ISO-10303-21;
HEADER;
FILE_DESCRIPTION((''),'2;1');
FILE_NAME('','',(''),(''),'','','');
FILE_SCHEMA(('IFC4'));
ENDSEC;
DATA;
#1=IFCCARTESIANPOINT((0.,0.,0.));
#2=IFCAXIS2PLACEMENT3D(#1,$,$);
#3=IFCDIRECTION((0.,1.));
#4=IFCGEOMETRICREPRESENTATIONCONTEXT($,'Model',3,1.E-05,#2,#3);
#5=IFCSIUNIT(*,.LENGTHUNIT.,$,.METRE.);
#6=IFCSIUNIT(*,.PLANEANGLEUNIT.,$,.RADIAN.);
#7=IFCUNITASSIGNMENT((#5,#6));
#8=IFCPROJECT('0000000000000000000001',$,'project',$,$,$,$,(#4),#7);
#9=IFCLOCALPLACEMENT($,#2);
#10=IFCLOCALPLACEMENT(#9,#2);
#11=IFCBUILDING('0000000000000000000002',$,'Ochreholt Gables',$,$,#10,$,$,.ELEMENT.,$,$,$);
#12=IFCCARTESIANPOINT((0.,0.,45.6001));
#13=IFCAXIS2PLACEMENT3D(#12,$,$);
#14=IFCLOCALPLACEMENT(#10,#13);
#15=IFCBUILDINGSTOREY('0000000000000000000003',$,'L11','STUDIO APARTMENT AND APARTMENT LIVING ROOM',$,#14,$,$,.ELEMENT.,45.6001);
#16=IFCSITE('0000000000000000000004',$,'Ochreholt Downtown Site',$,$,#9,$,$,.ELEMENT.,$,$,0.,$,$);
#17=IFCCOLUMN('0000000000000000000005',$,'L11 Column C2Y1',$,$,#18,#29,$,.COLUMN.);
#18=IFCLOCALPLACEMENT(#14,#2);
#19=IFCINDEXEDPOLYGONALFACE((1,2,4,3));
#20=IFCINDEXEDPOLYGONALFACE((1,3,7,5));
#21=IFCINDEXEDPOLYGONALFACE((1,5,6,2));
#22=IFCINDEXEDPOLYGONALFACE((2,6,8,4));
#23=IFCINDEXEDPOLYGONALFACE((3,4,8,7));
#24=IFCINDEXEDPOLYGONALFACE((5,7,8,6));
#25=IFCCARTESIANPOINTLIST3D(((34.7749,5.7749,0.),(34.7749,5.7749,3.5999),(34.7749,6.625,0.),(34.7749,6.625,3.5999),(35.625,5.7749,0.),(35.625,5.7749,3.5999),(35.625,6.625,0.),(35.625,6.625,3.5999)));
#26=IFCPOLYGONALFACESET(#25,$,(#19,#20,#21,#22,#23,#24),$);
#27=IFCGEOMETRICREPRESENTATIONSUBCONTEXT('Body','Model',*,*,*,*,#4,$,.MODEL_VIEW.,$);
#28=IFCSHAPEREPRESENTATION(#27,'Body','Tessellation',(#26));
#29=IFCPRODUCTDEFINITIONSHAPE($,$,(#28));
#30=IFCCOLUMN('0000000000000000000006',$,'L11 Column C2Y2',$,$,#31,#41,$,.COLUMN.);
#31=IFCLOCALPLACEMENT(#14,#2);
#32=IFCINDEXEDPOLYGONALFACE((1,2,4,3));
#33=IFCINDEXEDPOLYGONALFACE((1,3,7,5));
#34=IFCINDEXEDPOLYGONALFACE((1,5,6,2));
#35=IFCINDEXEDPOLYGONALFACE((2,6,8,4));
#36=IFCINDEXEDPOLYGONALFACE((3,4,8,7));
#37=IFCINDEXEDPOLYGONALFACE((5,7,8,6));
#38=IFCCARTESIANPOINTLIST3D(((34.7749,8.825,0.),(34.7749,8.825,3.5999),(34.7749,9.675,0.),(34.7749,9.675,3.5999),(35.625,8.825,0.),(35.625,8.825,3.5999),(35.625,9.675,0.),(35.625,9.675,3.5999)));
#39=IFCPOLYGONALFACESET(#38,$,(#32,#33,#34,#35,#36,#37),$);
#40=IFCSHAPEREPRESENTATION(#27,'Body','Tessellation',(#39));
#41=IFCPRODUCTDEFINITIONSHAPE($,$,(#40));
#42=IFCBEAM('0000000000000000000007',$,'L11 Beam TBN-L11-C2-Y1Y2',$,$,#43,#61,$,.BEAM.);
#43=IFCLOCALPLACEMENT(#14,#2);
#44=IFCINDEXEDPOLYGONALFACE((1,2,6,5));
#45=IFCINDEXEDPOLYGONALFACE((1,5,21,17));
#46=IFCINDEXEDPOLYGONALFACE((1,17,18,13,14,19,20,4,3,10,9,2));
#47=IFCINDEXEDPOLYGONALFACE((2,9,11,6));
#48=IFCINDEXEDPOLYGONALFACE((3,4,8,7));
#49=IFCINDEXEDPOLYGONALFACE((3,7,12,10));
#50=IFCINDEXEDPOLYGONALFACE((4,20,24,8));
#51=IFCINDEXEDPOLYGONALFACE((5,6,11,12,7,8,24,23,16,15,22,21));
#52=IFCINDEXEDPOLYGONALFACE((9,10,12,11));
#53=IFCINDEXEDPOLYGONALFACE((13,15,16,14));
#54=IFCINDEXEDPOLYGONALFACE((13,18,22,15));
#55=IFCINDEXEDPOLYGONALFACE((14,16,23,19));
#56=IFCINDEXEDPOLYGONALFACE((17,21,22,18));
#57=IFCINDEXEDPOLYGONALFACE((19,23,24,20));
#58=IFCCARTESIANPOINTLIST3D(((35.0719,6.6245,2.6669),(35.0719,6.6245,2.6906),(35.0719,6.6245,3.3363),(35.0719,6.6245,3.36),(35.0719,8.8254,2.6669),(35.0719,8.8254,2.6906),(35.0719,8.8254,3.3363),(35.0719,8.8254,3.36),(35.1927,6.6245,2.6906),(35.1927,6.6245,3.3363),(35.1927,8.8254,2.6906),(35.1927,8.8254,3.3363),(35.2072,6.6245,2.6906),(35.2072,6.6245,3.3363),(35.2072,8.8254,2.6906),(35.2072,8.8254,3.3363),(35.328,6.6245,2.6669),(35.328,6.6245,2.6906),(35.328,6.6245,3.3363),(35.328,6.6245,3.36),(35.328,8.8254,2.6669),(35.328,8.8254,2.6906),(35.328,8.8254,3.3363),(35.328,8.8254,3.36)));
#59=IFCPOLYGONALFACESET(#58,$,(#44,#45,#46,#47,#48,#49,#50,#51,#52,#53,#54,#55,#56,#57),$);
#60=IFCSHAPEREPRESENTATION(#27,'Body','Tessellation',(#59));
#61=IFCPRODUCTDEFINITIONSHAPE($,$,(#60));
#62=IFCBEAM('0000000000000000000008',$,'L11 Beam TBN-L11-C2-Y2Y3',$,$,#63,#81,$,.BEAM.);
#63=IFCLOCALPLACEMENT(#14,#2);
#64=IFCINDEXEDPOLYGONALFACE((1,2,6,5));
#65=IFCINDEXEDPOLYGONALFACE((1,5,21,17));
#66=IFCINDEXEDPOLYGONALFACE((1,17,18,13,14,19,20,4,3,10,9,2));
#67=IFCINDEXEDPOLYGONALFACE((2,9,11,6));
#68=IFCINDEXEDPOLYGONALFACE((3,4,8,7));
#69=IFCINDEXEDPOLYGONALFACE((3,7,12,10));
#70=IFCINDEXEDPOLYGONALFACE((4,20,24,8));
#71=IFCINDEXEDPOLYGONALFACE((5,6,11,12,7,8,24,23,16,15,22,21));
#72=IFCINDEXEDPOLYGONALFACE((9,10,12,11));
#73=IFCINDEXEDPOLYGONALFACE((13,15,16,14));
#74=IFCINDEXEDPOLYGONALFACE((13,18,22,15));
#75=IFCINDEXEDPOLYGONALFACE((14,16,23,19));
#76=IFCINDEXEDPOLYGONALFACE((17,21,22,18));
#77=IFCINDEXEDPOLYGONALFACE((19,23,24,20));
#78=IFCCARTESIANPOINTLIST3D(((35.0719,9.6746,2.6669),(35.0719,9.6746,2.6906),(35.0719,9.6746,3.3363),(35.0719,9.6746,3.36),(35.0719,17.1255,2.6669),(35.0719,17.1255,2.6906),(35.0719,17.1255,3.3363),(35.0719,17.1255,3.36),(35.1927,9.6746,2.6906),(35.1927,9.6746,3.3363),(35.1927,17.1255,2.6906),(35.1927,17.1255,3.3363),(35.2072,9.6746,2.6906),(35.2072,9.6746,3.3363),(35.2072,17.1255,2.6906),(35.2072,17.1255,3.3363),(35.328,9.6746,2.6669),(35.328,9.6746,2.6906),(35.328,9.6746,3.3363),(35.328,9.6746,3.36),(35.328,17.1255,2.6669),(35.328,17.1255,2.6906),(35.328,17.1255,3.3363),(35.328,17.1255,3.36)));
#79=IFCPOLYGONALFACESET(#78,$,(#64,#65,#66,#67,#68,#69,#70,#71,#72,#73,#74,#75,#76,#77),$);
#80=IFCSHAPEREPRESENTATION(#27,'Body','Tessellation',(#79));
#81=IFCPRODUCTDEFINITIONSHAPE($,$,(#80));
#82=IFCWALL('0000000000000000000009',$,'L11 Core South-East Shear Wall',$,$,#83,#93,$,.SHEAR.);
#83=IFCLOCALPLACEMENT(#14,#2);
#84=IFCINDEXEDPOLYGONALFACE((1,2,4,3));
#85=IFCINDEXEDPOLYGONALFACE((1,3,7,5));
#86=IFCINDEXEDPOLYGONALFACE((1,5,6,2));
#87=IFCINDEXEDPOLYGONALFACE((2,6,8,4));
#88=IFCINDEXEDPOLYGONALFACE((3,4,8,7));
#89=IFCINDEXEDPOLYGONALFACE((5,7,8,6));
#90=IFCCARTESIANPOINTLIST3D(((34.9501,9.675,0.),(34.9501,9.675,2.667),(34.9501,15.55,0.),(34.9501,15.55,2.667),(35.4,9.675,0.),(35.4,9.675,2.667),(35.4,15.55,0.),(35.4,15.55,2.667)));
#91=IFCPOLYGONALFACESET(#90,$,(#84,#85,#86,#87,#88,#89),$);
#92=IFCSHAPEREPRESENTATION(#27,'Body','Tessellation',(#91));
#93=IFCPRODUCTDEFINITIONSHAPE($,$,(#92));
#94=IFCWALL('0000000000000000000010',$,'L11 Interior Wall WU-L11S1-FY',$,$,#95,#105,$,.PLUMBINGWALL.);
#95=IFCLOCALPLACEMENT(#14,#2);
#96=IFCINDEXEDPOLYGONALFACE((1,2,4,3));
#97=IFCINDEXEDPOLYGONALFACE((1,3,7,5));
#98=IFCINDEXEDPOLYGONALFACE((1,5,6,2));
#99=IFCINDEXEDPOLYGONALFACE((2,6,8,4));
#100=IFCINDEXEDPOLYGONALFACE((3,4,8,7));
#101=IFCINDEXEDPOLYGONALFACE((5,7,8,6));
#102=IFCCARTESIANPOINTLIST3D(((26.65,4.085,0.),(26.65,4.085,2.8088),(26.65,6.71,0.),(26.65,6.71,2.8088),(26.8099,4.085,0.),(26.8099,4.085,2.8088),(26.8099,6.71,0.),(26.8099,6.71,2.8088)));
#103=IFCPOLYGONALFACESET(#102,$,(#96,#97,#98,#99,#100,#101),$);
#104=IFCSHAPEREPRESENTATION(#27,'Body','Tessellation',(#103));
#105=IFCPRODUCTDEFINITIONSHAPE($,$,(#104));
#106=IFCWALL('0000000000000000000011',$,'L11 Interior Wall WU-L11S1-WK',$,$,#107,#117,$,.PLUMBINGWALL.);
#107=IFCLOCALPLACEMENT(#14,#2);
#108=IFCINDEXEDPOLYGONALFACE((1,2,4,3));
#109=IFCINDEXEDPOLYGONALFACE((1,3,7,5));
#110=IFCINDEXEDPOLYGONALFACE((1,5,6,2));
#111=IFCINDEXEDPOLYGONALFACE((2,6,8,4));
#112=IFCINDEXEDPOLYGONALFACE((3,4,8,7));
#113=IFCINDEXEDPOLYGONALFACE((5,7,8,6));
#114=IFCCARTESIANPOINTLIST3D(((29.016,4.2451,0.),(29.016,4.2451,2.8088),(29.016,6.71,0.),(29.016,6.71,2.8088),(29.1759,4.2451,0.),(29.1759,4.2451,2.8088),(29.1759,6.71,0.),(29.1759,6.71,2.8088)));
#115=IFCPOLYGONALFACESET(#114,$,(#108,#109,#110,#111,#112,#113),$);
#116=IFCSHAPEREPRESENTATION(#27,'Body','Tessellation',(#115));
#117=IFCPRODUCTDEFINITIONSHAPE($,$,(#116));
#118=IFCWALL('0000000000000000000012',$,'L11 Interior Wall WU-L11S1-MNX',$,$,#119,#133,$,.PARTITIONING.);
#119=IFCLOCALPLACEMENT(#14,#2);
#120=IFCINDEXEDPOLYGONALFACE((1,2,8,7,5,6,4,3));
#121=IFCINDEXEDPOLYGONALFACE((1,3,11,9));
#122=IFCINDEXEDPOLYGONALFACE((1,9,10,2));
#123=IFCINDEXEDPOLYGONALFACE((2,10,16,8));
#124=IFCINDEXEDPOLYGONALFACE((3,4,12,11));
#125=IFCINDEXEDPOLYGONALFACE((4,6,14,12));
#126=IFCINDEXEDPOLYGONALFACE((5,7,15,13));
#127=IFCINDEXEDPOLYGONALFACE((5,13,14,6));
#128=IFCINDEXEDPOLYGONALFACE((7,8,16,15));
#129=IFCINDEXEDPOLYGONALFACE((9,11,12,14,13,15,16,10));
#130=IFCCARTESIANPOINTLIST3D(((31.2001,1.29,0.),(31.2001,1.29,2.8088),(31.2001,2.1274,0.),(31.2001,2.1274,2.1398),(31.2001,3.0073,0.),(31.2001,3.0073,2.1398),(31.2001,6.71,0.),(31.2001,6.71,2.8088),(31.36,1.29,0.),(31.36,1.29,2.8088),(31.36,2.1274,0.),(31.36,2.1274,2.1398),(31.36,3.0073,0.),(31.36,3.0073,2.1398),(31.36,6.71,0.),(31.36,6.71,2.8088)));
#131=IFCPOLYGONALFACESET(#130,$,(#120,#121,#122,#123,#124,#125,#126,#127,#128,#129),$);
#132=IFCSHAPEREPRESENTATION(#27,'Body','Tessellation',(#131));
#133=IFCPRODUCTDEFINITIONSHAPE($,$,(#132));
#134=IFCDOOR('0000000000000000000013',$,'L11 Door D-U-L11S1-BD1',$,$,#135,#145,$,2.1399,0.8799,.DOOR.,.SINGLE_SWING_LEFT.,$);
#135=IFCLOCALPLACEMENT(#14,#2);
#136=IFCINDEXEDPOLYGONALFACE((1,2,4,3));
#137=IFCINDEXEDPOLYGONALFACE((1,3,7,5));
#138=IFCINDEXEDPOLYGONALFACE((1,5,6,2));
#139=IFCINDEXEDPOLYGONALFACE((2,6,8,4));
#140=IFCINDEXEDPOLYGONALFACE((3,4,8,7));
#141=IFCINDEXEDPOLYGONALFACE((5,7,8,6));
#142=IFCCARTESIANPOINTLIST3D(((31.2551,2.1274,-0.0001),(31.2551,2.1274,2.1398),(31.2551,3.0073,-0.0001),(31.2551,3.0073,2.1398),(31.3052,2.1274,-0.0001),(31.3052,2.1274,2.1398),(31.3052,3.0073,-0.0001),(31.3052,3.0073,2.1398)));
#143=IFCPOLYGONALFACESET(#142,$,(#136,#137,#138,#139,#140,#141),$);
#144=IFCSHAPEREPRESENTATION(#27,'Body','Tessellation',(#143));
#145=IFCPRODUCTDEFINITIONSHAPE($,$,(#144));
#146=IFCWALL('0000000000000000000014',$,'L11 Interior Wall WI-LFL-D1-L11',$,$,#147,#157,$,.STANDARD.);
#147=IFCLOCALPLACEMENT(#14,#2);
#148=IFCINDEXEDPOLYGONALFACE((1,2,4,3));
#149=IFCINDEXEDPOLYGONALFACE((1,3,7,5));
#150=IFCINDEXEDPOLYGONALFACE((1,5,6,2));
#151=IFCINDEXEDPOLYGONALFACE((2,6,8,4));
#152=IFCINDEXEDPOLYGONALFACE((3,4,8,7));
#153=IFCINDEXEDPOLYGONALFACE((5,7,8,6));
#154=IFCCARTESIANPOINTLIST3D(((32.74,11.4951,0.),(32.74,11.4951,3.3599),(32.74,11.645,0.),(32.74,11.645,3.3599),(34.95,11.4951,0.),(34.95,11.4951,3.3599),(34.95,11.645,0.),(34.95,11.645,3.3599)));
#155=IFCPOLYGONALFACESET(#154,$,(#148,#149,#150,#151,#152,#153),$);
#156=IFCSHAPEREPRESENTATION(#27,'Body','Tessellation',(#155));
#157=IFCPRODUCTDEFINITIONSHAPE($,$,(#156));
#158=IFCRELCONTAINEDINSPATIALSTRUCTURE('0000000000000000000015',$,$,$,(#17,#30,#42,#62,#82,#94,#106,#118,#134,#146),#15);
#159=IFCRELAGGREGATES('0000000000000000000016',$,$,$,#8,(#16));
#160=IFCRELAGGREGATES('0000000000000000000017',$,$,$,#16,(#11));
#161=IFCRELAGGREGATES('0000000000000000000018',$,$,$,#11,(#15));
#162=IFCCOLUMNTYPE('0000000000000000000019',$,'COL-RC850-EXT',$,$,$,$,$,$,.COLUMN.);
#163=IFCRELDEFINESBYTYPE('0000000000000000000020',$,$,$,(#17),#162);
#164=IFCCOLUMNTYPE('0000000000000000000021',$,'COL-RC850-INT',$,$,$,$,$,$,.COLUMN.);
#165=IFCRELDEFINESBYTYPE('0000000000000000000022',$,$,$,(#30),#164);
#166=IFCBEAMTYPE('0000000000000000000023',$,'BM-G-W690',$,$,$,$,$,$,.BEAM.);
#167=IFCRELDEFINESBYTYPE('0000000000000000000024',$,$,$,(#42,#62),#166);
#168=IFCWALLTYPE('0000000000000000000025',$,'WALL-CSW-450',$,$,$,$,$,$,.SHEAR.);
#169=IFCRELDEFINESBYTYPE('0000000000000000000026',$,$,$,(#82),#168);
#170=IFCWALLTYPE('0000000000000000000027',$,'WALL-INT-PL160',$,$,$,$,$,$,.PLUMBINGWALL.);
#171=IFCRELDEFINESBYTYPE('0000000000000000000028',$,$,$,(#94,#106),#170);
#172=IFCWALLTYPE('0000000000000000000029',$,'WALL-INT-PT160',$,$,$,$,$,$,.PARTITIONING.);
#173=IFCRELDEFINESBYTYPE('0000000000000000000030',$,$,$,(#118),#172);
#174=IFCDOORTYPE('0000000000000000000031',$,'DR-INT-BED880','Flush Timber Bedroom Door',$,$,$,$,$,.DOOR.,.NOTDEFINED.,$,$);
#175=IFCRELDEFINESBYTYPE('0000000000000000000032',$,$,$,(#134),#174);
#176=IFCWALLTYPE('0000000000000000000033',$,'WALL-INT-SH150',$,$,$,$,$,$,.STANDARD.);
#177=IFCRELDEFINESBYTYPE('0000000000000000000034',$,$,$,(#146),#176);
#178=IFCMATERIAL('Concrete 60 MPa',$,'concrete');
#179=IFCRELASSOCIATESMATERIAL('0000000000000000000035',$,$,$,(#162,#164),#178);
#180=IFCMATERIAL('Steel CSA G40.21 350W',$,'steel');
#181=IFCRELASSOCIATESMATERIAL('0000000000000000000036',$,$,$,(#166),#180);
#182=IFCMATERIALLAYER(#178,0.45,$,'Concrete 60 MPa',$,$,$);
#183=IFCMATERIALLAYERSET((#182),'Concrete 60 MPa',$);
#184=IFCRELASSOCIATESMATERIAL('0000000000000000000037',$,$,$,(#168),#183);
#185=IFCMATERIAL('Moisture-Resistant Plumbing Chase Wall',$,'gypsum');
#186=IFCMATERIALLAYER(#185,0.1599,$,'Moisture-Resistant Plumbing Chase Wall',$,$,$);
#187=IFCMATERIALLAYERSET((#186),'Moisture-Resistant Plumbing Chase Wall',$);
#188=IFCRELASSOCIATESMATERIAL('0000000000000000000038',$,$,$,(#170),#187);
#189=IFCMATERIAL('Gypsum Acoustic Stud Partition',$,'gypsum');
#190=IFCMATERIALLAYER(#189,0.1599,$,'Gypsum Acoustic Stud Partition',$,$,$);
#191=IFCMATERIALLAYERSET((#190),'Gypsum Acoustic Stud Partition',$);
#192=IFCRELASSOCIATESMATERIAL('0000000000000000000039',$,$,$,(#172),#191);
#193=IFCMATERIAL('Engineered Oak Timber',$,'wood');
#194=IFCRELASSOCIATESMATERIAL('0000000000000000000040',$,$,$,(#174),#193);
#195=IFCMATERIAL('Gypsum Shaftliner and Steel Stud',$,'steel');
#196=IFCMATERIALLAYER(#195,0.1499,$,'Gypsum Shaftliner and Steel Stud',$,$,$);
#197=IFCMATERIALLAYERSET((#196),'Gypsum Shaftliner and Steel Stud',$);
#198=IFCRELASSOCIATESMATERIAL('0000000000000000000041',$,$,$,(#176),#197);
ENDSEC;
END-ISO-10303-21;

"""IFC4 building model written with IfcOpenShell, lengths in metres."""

from ifc_helpers import new_model, si_unit, direction, frame, frame_2d, origin, origin_2d, place, context, subcontext, project, spatial, rectangle, i_section, extrude, material, layer, layer_set, material_profile, profile_set, type_object, element, fill, save


model = new_model("IFC4")

# Units and contexts
model_context = context("Model", 3, precision=1e-05, world=origin(), true_north=direction((0.0, 1.0)))
body_context = subcontext(model_context, "Body", "Model", "MODEL_VIEW")
ifc_project = project(units=[si_unit("LENGTHUNIT", "METRE"), si_unit("PLANEANGLEUNIT", "RADIAN")], contexts=[model_context])

# Site, building, storey
site_placement = place(None, origin())
site = spatial("IfcSite", under=ifc_project, at=site_placement, Name="Ochreholt Downtown Site", CompositionType="ELEMENT", RefElevation=0.0)
building_placement = place(site_placement, origin())
building = spatial("IfcBuilding", under=site, at=building_placement, Name="Ochreholt Gables", CompositionType="ELEMENT")
storey_placement = place(building_placement, frame((0.0, 0.0, 45.6001)))
storey = spatial("IfcBuildingStorey", under=building, at=storey_placement, Name="L11", Description="STUDIO APARTMENT AND APARTMENT LIVING ROOM", CompositionType="ELEMENT", Elevation=45.6001)

# Columns
ifc_material_1 = material(Name="Concrete 60 MPa", Category="concrete")
ifc_material_profile_1 = material_profile(ifc_material_1, rectangle(XDim=0.8501, YDim=0.8501, at=origin_2d()), Name="RC850X850")
ifc_profile_set_1 = profile_set([ifc_material_profile_1], Name="Concrete 60 MPa")
column_type_1 = type_object("IfcColumnType", Name="COL-RC850-EXT", PredefinedType="COLUMN", material=ifc_profile_set_1)
column_1_placement = place(storey_placement, frame((35.2, 6.2, 0.0), z_axis=(0.0, 0.0, 1.0), x_axis=(1.0, 0.0, 0.0)))
element("IfcColumn", 1, at=column_1_placement, inside=storey, type_object=column_type_1, Name="L11 Column C2Y1", PredefinedType="COLUMN", context=body_context, shape_type="SweptSolid", body=[
    extrude(rectangle(XDim=0.8501, YDim=0.8501, at=origin_2d()), origin(), (0.0, 0.0, 1.0), 3.5999),
])
ifc_material_profile_2 = material_profile(ifc_material_1, rectangle(XDim=0.8501, YDim=0.8501, at=origin_2d()), Name="RC850X850")
ifc_profile_set_2 = profile_set([ifc_material_profile_2], Name="Concrete 60 MPa")
column_type_2 = type_object("IfcColumnType", Name="COL-RC850-INT", PredefinedType="COLUMN", material=ifc_profile_set_2)
column_2_placement = place(storey_placement, frame((35.2, 9.25, 0.0), z_axis=(0.0, 0.0, 1.0), x_axis=(1.0, 0.0, 0.0)))
element("IfcColumn", 2, at=column_2_placement, inside=storey, type_object=column_type_2, Name="L11 Column C2Y2", PredefinedType="COLUMN", context=body_context, shape_type="SweptSolid", body=[
    extrude(rectangle(XDim=0.8501, YDim=0.8501, at=origin_2d()), origin(), (0.0, 0.0, 1.0), 3.5999),
])

# Beams
ifc_material_2 = material(Name="Steel CSA G40.21 350W", Category="steel")
ifc_material_profile_3 = material_profile(ifc_material_2, i_section(OverallWidth=0.2561, OverallDepth=0.6931, WebThickness=0.0144, FlangeThickness=0.0237, at=origin_2d()), Name="W690X170")
ifc_profile_set_3 = profile_set([ifc_material_profile_3], Name="Steel CSA G40.21 350W")
beam_type = type_object("IfcBeamType", Name="BM-G-W690", PredefinedType="BEAM", material=ifc_profile_set_3)
beam_1_placement = place(storey_placement, frame((35.2, 6.6245, 3.0134), z_axis=(0.0, 1.0, 0.0), x_axis=(-1.0, 0.0, 0.0)))
element("IfcBeam", 3, at=beam_1_placement, inside=storey, type_object=beam_type, Name="L11 Beam TBN-L11-C2-Y1Y2", PredefinedType="BEAM", context=body_context, shape_type="SweptSolid", body=[
    extrude(i_section(OverallWidth=0.2561, OverallDepth=0.6931, WebThickness=0.0144, FlangeThickness=0.0237, at=origin_2d()), origin(), (0.0, 0.0, 1.0), 2.2009),
])
beam_2_placement = place(storey_placement, frame((35.2, 9.6746, 3.0134), z_axis=(0.0, 1.0, 0.0), x_axis=(-1.0, 0.0, 0.0)))
element("IfcBeam", 4, at=beam_2_placement, inside=storey, type_object=beam_type, Name="L11 Beam TBN-L11-C2-Y2Y3", PredefinedType="BEAM", context=body_context, shape_type="SweptSolid", body=[
    extrude(i_section(OverallWidth=0.2561, OverallDepth=0.6931, WebThickness=0.0144, FlangeThickness=0.0237, at=origin_2d()), origin(), (0.0, 0.0, 1.0), 7.4509),
])

# Wall
ifc_layer_1 = layer(ifc_material_1, 0.45, Name="Concrete 60 MPa")
ifc_layer_set_1 = layer_set([ifc_layer_1], Name="Concrete 60 MPa")
wall_type_1 = type_object("IfcWallType", Name="WALL-CSW-450", PredefinedType="SHEAR", material=ifc_layer_set_1)
wall_1_placement = place(storey_placement, frame((35.175, 9.675, 0.0), z_axis=(0.0, 0.0, 1.0), x_axis=(0.0, 1.0, 0.0)))
element("IfcWall", 5, at=wall_1_placement, inside=storey, type_object=wall_type_1, Name="L11 Core South-East Shear Wall", PredefinedType="SHEAR", context=body_context, shape_type="SweptSolid", body=[
    extrude(rectangle(XDim=5.875, YDim=0.45, at=frame_2d((2.9375, 0.0))), origin(), (0.0, 0.0, 1.0), 2.667),
])

# Shared definitions
ifc_material_3 = material(Name="Moisture-Resistant Plumbing Chase Wall", Category="gypsum")
ifc_layer_2 = layer(ifc_material_3, 0.1599, Name="Moisture-Resistant Plumbing Chase Wall")
ifc_layer_set_2 = layer_set([ifc_layer_2], Name="Moisture-Resistant Plumbing Chase Wall")
wall_type_2 = type_object("IfcWallType", Name="WALL-INT-PL160", PredefinedType="PLUMBINGWALL", material=ifc_layer_set_2)
ifc_material_4 = material(Name="Engineered Oak Timber", Category="wood")

# Walls
wall_2_placement = place(storey_placement, frame((26.73, 4.085, 0.0), z_axis=(0.0, 0.0, 1.0), x_axis=(0.0, 1.0, 0.0)))
element("IfcWall", 6, at=wall_2_placement, inside=storey, type_object=wall_type_2, Name="L11 Interior Wall WU-L11S1-FY", PredefinedType="PLUMBINGWALL", context=body_context, shape_type="SweptSolid", body=[
    extrude(rectangle(XDim=2.625, YDim=0.1599, at=frame_2d((1.3125, 0.0))), origin(), (0.0, 0.0, 1.0), 2.8088),
])
wall_3_placement = place(storey_placement, frame((29.0959, 4.2451, 0.0), z_axis=(0.0, 0.0, 1.0), x_axis=(0.0, 1.0, 0.0)))
element("IfcWall", 7, at=wall_3_placement, inside=storey, type_object=wall_type_2, Name="L11 Interior Wall WU-L11S1-WK", PredefinedType="PLUMBINGWALL", context=body_context, shape_type="SweptSolid", body=[
    extrude(rectangle(XDim=2.4648, YDim=0.1599, at=frame_2d((1.2324, 0.0))), origin(), (0.0, 0.0, 1.0), 2.8088),
])

# Wall, opening, door
ifc_material_5 = material(Name="Gypsum Acoustic Stud Partition", Category="gypsum")
ifc_layer_3 = layer(ifc_material_5, 0.1599, Name="Gypsum Acoustic Stud Partition")
ifc_layer_set_3 = layer_set([ifc_layer_3], Name="Gypsum Acoustic Stud Partition")
wall_type_3 = type_object("IfcWallType", Name="WALL-INT-PT160", PredefinedType="PARTITIONING", material=ifc_layer_set_3)
wall_4_placement = place(storey_placement, frame((31.28, 1.29, 0.0), z_axis=(0.0, 0.0, 1.0), x_axis=(0.0, 1.0, 0.0)))
wall_4 = element("IfcWall", 8, at=wall_4_placement, inside=storey, type_object=wall_type_3, Name="L11 Interior Wall WU-L11S1-MNX", PredefinedType="PARTITIONING", context=body_context, shape_type="SweptSolid", body=[
    extrude(rectangle(XDim=5.4199, YDim=0.1599, at=frame_2d((2.71, 0.0))), origin(), (0.0, 0.0, 1.0), 2.8088),
])
opening_1_placement = place(wall_4_placement, frame((0.8374, 0.0, 0.0)))
opening_1 = element("IfcOpeningElement", 9, at=opening_1_placement, cuts=wall_4, PredefinedType="OPENING", context=body_context, shape_type="SweptSolid", body=[
    extrude(rectangle(XDim=0.8799, YDim=2.1399, at=frame_2d((0.4399, 1.0698))), frame((0.0, 0.0898, 0.0), z_axis=(0.0, -1.0, 0.0), x_axis=(1.0, 0.0, 0.0)), (0.0, 0.0, 1.0), 0.1799),
])
door_type_1 = type_object("IfcDoorType", Name="DR-INT-BED880", Description="Flush Timber Bedroom Door", OperationType="NOTDEFINED", PredefinedType="DOOR", material=ifc_material_4)
door_1_placement = place(opening_1_placement, origin())
door_1 = element("IfcDoor", 10, at=door_1_placement, inside=storey, type_object=door_type_1, Name="L11 Door D-U-L11S1-BD1", OperationType="SINGLE_SWING_LEFT", OverallHeight=2.1399, OverallWidth=0.8799, PredefinedType="DOOR", context=body_context, shape_type="SweptSolid", body=[
    extrude(rectangle(XDim=0.8799, YDim=2.1399, at=frame_2d((0.4399, 1.0698))), frame((0.0, 0.0249, 0.0), z_axis=(0.0, -1.0, 0.0), x_axis=(1.0, 0.0, 0.0)), (0.0, 0.0, 1.0), 0.05),
])
fill(opening_1, door_1)

# Wall
ifc_material_6 = material(Name="Gypsum Shaftliner and Steel Stud", Category="steel")
ifc_layer_4 = layer(ifc_material_6, 0.1499, Name="Gypsum Shaftliner and Steel Stud")
ifc_layer_set_4 = layer_set([ifc_layer_4], Name="Gypsum Shaftliner and Steel Stud")
wall_type_4 = type_object("IfcWallType", Name="WALL-INT-SH150", PredefinedType="STANDARD", material=ifc_layer_set_4)
wall_5_placement = place(storey_placement, frame((32.74, 11.5701, 0.0), z_axis=(0.0, 0.0, 1.0), x_axis=(1.0, 0.0, 0.0)))
element("IfcWall", 11, at=wall_5_placement, inside=storey, type_object=wall_type_4, Name="L11 Interior Wall WI-LFL-D1-L11", PredefinedType="STANDARD", context=body_context, shape_type="SweptSolid", body=[
    extrude(rectangle(XDim=2.21, YDim=0.1499, at=frame_2d((1.105, 0.0))), origin(), (0.0, 0.0, 1.0), 3.3599),
])

save(model, "model.ifc")
